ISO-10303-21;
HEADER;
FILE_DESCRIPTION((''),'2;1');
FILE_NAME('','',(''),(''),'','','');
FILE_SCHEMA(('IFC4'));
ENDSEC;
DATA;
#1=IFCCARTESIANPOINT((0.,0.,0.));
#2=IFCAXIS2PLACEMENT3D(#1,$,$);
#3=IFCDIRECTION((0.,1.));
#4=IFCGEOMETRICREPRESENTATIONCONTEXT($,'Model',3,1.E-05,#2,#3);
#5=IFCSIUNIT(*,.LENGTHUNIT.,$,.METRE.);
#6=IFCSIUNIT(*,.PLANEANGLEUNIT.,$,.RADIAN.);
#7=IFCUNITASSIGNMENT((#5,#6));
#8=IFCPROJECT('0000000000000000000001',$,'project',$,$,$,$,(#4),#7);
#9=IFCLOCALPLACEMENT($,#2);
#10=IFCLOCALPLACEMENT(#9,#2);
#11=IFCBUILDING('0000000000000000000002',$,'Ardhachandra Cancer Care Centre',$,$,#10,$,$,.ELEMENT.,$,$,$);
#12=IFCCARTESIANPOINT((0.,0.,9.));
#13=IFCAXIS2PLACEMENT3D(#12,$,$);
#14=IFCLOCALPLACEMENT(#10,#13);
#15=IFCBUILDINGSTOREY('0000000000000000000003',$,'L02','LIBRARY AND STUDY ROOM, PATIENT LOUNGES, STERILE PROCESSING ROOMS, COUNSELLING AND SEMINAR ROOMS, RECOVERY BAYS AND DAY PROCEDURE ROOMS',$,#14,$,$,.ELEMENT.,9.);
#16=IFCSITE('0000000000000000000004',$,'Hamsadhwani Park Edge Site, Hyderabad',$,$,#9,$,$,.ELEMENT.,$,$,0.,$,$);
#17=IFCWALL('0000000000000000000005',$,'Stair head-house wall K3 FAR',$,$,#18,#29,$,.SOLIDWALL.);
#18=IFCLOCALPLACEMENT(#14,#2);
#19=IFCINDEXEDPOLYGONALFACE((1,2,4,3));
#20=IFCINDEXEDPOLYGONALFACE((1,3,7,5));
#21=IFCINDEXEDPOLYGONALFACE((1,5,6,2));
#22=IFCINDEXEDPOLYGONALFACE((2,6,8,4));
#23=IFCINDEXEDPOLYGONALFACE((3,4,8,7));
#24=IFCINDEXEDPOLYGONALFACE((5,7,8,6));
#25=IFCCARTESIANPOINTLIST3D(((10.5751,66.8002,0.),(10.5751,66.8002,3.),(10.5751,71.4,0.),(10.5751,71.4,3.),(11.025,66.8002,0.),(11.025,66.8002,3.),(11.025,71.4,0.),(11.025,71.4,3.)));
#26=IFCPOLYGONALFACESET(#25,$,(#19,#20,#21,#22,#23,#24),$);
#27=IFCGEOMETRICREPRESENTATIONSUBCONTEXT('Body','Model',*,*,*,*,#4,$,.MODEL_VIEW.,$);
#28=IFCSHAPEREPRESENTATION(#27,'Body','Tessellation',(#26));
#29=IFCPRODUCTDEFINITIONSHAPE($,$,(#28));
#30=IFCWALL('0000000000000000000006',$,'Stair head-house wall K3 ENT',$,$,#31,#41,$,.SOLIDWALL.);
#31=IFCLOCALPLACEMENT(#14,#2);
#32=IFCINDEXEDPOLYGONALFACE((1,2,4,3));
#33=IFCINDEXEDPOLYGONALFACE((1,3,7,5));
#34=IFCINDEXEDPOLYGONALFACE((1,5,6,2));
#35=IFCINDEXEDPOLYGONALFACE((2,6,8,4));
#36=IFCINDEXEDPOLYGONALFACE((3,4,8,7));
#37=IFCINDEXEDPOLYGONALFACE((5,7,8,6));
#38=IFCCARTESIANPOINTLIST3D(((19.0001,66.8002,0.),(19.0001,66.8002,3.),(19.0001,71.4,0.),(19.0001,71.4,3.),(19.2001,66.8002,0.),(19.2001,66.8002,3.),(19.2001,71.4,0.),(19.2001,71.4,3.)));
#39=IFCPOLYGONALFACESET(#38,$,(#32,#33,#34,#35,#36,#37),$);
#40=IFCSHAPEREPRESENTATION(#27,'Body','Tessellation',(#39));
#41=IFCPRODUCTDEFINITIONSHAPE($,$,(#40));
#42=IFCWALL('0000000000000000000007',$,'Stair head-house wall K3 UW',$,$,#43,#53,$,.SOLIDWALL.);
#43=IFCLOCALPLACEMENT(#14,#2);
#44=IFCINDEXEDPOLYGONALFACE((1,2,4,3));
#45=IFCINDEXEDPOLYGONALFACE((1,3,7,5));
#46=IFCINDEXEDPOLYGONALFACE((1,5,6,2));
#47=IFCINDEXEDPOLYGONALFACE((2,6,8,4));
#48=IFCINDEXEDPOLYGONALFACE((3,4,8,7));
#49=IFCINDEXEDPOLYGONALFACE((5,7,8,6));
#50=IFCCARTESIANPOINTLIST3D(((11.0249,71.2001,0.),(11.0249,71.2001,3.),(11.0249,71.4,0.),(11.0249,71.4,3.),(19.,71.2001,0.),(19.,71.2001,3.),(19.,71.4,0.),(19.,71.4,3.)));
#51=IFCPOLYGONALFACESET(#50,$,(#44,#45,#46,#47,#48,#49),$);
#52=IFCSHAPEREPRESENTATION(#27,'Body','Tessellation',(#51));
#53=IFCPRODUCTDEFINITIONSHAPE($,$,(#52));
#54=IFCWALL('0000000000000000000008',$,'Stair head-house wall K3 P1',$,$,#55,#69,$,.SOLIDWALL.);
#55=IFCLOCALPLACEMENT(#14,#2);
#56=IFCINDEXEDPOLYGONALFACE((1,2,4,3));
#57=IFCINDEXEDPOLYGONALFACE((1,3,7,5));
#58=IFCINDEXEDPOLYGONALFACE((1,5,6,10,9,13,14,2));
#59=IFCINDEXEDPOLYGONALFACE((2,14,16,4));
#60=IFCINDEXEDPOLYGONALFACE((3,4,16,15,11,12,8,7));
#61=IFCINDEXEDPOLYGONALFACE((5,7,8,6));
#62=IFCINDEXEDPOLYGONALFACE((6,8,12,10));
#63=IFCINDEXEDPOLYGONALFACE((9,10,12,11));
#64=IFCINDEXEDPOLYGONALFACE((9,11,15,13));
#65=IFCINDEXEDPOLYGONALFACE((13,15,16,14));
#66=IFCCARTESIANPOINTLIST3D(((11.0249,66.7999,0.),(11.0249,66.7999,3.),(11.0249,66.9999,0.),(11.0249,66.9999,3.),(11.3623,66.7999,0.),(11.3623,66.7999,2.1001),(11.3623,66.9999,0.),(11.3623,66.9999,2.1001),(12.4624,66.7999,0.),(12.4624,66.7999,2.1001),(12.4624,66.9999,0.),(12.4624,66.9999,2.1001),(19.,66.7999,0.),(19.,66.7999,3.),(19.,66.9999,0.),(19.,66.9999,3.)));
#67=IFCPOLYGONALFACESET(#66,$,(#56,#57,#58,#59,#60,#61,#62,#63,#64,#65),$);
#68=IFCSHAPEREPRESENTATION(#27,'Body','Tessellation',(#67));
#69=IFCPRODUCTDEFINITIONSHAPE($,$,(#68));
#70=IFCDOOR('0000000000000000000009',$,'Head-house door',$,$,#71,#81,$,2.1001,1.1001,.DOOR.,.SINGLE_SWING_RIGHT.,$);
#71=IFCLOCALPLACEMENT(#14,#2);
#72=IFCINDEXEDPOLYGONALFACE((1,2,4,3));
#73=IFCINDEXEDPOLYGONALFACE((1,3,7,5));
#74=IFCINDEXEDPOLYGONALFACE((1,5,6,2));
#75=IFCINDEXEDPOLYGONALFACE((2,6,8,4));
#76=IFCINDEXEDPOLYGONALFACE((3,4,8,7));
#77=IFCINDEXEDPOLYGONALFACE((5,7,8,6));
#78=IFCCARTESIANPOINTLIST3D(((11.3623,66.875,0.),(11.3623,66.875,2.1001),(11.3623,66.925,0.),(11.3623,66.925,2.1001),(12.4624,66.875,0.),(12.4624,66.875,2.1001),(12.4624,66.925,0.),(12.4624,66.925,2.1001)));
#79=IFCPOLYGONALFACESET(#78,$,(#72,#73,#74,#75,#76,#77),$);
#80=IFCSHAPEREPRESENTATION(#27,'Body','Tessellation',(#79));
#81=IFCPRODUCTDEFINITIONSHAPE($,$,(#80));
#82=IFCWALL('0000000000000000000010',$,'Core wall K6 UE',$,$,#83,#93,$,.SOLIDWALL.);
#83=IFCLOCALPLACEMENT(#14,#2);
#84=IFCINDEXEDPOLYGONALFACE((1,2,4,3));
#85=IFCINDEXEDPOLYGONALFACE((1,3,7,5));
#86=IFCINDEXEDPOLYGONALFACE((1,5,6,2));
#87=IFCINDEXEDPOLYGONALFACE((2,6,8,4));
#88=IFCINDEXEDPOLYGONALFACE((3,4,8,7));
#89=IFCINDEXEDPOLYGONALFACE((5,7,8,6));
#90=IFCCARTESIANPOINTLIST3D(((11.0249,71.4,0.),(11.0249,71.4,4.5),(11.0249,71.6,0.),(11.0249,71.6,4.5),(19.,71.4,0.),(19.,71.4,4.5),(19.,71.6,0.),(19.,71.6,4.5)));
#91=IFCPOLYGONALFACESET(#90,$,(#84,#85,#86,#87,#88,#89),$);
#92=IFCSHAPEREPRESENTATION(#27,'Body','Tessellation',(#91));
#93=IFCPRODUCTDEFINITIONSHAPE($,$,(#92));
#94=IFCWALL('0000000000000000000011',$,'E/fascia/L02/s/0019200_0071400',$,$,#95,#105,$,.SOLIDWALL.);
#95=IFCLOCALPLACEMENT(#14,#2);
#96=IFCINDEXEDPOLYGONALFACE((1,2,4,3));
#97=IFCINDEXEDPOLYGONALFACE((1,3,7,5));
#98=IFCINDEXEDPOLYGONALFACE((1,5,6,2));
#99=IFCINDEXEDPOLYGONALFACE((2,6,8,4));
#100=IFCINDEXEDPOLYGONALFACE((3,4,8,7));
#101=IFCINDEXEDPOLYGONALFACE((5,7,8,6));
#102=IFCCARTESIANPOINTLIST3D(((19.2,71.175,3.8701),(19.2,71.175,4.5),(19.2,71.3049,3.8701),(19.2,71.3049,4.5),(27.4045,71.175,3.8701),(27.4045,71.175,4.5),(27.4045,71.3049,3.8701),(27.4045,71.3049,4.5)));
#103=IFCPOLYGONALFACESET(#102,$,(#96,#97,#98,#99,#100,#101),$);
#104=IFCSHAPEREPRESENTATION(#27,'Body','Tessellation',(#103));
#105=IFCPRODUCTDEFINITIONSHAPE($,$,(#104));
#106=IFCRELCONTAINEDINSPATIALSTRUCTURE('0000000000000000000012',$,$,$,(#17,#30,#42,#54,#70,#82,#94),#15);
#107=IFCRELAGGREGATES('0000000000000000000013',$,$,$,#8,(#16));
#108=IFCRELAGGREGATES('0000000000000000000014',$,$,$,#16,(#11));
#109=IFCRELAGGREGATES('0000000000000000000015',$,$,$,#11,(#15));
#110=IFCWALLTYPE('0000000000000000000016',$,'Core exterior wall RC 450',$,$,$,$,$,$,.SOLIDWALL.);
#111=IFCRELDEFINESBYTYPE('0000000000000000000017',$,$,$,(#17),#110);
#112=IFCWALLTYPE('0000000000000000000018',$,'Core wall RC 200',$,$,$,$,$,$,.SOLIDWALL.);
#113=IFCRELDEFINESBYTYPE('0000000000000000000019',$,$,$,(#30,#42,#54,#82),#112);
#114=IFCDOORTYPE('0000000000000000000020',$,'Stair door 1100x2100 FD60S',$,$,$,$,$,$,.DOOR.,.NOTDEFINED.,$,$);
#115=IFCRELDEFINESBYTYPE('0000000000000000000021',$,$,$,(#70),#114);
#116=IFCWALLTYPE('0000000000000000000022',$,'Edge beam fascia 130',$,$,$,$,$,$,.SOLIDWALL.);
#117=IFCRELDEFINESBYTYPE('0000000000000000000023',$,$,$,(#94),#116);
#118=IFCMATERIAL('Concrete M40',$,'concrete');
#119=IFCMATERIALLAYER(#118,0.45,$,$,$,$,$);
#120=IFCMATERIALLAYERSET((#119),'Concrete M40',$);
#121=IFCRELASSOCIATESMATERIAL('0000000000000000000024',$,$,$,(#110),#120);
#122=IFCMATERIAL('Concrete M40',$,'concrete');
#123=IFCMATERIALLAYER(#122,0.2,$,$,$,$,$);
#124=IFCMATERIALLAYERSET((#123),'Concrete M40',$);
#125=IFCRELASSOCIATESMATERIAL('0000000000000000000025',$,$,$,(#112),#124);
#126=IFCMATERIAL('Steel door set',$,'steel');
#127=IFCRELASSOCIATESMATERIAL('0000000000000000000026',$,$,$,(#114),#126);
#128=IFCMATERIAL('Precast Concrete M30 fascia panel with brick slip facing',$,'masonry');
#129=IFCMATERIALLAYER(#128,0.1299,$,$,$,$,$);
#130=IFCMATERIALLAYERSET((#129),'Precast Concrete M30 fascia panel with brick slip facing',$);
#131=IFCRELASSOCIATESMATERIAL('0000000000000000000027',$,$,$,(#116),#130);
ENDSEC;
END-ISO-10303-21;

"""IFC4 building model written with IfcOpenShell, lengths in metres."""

from ifc_helpers import new_model, si_unit, direction, frame, frame_2d, origin, place, context, subcontext, project, spatial, rectangle, extrude, material, layer, layer_set, type_object, element, fill, save


model = new_model("IFC4")

# Units and contexts
model_context = context("Model", 3, precision=1e-05, world=origin(), true_north=direction((0.0, 1.0)))
body_context = subcontext(model_context, "Body", "Model", "MODEL_VIEW")
ifc_project = project(units=[si_unit("LENGTHUNIT", "METRE"), si_unit("PLANEANGLEUNIT", "RADIAN")], contexts=[model_context])

# Site, building, storey
site_placement = place(None, origin())
site = spatial("IfcSite", under=ifc_project, at=site_placement, Name="Hamsadhwani Park Edge Site, Hyderabad", CompositionType="ELEMENT", RefElevation=0.0)
building_placement = place(site_placement, origin())
building = spatial("IfcBuilding", under=site, at=building_placement, Name="Ardhachandra Cancer Care Centre", CompositionType="ELEMENT")
storey_placement = place(building_placement, frame((0.0, 0.0, 9.0)))
storey = spatial("IfcBuildingStorey", under=building, at=storey_placement, Name="L02", Description="LIBRARY AND STUDY ROOM, PATIENT LOUNGES, STERILE PROCESSING ROOMS, COUNSELLING AND SEMINAR ROOMS, RECOVERY BAYS AND DAY PROCEDURE ROOMS", CompositionType="ELEMENT", Elevation=9.0)

# Walls
ifc_material_1 = material(Name="Concrete M40", Category="concrete")
ifc_layer_1 = layer(ifc_material_1, 0.45)
ifc_layer_set_1 = layer_set([ifc_layer_1], Name="Concrete M40")
wall_type_1 = type_object("IfcWallType", Name="Core exterior wall RC 450", PredefinedType="SOLIDWALL", material=ifc_layer_set_1)
wall_1_placement = place(storey_placement, frame((10.8, 71.3999, 0.0), z_axis=(0.0, 0.0, 1.0), x_axis=(0.0, -1.0, 0.0)))
element("IfcWall", 1, at=wall_1_placement, inside=storey, type_object=wall_type_1, Name="Stair head-house wall K3 FAR", PredefinedType="SOLIDWALL", context=body_context, shape_type="SweptSolid", body=[
    extrude(rectangle(XDim=4.5999, YDim=0.45, at=frame_2d((2.2998, 0.0))), origin(), (0.0, 0.0, 1.0), 3.0),
])
ifc_material_2 = material(Name="Concrete M40", Category="concrete")
ifc_layer_2 = layer(ifc_material_2, 0.2)
ifc_layer_set_2 = layer_set([ifc_layer_2], Name="Concrete M40")
wall_type_2 = type_object("IfcWallType", Name="Core wall RC 200", PredefinedType="SOLIDWALL", material=ifc_layer_set_2)
wall_2_placement = place(storey_placement, frame((19.1001, 71.3999, 0.0), z_axis=(0.0, 0.0, 1.0), x_axis=(0.0, -1.0, 0.0)))
element("IfcWall", 2, at=wall_2_placement, inside=storey, type_object=wall_type_2, Name="Stair head-house wall K3 ENT", PredefinedType="SOLIDWALL", context=body_context, shape_type="SweptSolid", body=[
    extrude(rectangle(XDim=4.5999, YDim=0.2, at=frame_2d((2.2998, 0.0))), origin(), (0.0, 0.0, 1.0), 3.0),
])
wall_3_placement = place(storey_placement, frame((19.0, 71.3, 0.0), z_axis=(0.0, 0.0, 1.0), x_axis=(-1.0, 0.0, 0.0)))
element("IfcWall", 3, at=wall_3_placement, inside=storey, type_object=wall_type_2, Name="Stair head-house wall K3 UW", PredefinedType="SOLIDWALL", context=body_context, shape_type="SweptSolid", body=[
    extrude(rectangle(XDim=7.9751, YDim=0.2, at=frame_2d((3.9875, 0.0))), origin(), (0.0, 0.0, 1.0), 3.0),
])

# Wall, opening, door
wall_4_placement = place(storey_placement, frame((19.0, 66.8999, 0.0), z_axis=(0.0, 0.0, 1.0), x_axis=(-1.0, 0.0, 0.0)))
wall_4 = element("IfcWall", 4, at=wall_4_placement, inside=storey, type_object=wall_type_2, Name="Stair head-house wall K3 P1", PredefinedType="SOLIDWALL", context=body_context, shape_type="SweptSolid", body=[
    extrude(rectangle(XDim=7.9751, YDim=0.2, at=frame_2d((3.9875, 0.0))), origin(), (0.0, 0.0, 1.0), 3.0),
])
opening_1_placement = place(wall_4_placement, frame((6.5376, 0.0, 0.0)))
opening_1 = element("IfcOpeningElement", 5, at=opening_1_placement, cuts=wall_4, PredefinedType="OPENING", context=body_context, shape_type="SweptSolid", body=[
    extrude(rectangle(XDim=1.1001, YDim=2.1001, at=frame_2d((0.55, 1.05))), frame((0.0, 0.1099, 0.0), z_axis=(0.0, -1.0, 0.0), x_axis=(1.0, 0.0, 0.0)), (0.0, 0.0, 1.0), 0.22),
])
ifc_material_3 = material(Name="Steel door set", Category="steel")
door_type = type_object("IfcDoorType", Name="Stair door 1100x2100 FD60S", OperationType="NOTDEFINED", PredefinedType="DOOR", material=ifc_material_3)
door_placement = place(opening_1_placement, origin())
door = element("IfcDoor", 6, at=door_placement, inside=storey, type_object=door_type, Name="Head-house door", OperationType="SINGLE_SWING_RIGHT", OverallHeight=2.1001, OverallWidth=1.1001, PredefinedType="DOOR", context=body_context, shape_type="SweptSolid", body=[
    extrude(rectangle(XDim=1.1001, YDim=2.1001, at=frame_2d((0.55, 1.05))), frame((0.0, 0.0249, 0.0), z_axis=(0.0, -1.0, 0.0), x_axis=(1.0, 0.0, 0.0)), (0.0, 0.0, 1.0), 0.05),
])
fill(opening_1, door)

# Walls
wall_5_placement = place(storey_placement, frame((19.0, 71.5, 0.0), z_axis=(0.0, 0.0, 1.0), x_axis=(-1.0, 0.0, 0.0)))
element("IfcWall", 7, at=wall_5_placement, inside=storey, type_object=wall_type_2, Name="Core wall K6 UE", PredefinedType="SOLIDWALL", context=body_context, shape_type="SweptSolid", body=[
    extrude(rectangle(XDim=7.9751, YDim=0.2, at=frame_2d((3.9875, 0.0))), origin(), (0.0, 0.0, 1.0), 4.5),
])
ifc_material_4 = material(Name="Precast Concrete M30 fascia panel with brick slip facing", Category="masonry")
ifc_layer_3 = layer(ifc_material_4, 0.1299)
ifc_layer_set_3 = layer_set([ifc_layer_3], Name="Precast Concrete M30 fascia panel with brick slip facing")
wall_type_3 = type_object("IfcWallType", Name="Edge beam fascia 130", PredefinedType="SOLIDWALL", material=ifc_layer_set_3)
wall_6_placement = place(storey_placement, frame((19.2, 71.24, 3.8701), z_axis=(0.0, 0.0, 1.0), x_axis=(1.0, 0.0, 0.0)))
element("IfcWall", 8, at=wall_6_placement, inside=storey, type_object=wall_type_3, Name="E/fascia/L02/s/0019200_0071400", PredefinedType="SOLIDWALL", context=body_context, shape_type="SweptSolid", body=[
    extrude(rectangle(XDim=8.2046, YDim=0.1299, at=frame_2d((4.1023, 0.0))), origin(), (0.0, 0.0, 1.0), 0.6299),
])

save(model, "model.ifc")
